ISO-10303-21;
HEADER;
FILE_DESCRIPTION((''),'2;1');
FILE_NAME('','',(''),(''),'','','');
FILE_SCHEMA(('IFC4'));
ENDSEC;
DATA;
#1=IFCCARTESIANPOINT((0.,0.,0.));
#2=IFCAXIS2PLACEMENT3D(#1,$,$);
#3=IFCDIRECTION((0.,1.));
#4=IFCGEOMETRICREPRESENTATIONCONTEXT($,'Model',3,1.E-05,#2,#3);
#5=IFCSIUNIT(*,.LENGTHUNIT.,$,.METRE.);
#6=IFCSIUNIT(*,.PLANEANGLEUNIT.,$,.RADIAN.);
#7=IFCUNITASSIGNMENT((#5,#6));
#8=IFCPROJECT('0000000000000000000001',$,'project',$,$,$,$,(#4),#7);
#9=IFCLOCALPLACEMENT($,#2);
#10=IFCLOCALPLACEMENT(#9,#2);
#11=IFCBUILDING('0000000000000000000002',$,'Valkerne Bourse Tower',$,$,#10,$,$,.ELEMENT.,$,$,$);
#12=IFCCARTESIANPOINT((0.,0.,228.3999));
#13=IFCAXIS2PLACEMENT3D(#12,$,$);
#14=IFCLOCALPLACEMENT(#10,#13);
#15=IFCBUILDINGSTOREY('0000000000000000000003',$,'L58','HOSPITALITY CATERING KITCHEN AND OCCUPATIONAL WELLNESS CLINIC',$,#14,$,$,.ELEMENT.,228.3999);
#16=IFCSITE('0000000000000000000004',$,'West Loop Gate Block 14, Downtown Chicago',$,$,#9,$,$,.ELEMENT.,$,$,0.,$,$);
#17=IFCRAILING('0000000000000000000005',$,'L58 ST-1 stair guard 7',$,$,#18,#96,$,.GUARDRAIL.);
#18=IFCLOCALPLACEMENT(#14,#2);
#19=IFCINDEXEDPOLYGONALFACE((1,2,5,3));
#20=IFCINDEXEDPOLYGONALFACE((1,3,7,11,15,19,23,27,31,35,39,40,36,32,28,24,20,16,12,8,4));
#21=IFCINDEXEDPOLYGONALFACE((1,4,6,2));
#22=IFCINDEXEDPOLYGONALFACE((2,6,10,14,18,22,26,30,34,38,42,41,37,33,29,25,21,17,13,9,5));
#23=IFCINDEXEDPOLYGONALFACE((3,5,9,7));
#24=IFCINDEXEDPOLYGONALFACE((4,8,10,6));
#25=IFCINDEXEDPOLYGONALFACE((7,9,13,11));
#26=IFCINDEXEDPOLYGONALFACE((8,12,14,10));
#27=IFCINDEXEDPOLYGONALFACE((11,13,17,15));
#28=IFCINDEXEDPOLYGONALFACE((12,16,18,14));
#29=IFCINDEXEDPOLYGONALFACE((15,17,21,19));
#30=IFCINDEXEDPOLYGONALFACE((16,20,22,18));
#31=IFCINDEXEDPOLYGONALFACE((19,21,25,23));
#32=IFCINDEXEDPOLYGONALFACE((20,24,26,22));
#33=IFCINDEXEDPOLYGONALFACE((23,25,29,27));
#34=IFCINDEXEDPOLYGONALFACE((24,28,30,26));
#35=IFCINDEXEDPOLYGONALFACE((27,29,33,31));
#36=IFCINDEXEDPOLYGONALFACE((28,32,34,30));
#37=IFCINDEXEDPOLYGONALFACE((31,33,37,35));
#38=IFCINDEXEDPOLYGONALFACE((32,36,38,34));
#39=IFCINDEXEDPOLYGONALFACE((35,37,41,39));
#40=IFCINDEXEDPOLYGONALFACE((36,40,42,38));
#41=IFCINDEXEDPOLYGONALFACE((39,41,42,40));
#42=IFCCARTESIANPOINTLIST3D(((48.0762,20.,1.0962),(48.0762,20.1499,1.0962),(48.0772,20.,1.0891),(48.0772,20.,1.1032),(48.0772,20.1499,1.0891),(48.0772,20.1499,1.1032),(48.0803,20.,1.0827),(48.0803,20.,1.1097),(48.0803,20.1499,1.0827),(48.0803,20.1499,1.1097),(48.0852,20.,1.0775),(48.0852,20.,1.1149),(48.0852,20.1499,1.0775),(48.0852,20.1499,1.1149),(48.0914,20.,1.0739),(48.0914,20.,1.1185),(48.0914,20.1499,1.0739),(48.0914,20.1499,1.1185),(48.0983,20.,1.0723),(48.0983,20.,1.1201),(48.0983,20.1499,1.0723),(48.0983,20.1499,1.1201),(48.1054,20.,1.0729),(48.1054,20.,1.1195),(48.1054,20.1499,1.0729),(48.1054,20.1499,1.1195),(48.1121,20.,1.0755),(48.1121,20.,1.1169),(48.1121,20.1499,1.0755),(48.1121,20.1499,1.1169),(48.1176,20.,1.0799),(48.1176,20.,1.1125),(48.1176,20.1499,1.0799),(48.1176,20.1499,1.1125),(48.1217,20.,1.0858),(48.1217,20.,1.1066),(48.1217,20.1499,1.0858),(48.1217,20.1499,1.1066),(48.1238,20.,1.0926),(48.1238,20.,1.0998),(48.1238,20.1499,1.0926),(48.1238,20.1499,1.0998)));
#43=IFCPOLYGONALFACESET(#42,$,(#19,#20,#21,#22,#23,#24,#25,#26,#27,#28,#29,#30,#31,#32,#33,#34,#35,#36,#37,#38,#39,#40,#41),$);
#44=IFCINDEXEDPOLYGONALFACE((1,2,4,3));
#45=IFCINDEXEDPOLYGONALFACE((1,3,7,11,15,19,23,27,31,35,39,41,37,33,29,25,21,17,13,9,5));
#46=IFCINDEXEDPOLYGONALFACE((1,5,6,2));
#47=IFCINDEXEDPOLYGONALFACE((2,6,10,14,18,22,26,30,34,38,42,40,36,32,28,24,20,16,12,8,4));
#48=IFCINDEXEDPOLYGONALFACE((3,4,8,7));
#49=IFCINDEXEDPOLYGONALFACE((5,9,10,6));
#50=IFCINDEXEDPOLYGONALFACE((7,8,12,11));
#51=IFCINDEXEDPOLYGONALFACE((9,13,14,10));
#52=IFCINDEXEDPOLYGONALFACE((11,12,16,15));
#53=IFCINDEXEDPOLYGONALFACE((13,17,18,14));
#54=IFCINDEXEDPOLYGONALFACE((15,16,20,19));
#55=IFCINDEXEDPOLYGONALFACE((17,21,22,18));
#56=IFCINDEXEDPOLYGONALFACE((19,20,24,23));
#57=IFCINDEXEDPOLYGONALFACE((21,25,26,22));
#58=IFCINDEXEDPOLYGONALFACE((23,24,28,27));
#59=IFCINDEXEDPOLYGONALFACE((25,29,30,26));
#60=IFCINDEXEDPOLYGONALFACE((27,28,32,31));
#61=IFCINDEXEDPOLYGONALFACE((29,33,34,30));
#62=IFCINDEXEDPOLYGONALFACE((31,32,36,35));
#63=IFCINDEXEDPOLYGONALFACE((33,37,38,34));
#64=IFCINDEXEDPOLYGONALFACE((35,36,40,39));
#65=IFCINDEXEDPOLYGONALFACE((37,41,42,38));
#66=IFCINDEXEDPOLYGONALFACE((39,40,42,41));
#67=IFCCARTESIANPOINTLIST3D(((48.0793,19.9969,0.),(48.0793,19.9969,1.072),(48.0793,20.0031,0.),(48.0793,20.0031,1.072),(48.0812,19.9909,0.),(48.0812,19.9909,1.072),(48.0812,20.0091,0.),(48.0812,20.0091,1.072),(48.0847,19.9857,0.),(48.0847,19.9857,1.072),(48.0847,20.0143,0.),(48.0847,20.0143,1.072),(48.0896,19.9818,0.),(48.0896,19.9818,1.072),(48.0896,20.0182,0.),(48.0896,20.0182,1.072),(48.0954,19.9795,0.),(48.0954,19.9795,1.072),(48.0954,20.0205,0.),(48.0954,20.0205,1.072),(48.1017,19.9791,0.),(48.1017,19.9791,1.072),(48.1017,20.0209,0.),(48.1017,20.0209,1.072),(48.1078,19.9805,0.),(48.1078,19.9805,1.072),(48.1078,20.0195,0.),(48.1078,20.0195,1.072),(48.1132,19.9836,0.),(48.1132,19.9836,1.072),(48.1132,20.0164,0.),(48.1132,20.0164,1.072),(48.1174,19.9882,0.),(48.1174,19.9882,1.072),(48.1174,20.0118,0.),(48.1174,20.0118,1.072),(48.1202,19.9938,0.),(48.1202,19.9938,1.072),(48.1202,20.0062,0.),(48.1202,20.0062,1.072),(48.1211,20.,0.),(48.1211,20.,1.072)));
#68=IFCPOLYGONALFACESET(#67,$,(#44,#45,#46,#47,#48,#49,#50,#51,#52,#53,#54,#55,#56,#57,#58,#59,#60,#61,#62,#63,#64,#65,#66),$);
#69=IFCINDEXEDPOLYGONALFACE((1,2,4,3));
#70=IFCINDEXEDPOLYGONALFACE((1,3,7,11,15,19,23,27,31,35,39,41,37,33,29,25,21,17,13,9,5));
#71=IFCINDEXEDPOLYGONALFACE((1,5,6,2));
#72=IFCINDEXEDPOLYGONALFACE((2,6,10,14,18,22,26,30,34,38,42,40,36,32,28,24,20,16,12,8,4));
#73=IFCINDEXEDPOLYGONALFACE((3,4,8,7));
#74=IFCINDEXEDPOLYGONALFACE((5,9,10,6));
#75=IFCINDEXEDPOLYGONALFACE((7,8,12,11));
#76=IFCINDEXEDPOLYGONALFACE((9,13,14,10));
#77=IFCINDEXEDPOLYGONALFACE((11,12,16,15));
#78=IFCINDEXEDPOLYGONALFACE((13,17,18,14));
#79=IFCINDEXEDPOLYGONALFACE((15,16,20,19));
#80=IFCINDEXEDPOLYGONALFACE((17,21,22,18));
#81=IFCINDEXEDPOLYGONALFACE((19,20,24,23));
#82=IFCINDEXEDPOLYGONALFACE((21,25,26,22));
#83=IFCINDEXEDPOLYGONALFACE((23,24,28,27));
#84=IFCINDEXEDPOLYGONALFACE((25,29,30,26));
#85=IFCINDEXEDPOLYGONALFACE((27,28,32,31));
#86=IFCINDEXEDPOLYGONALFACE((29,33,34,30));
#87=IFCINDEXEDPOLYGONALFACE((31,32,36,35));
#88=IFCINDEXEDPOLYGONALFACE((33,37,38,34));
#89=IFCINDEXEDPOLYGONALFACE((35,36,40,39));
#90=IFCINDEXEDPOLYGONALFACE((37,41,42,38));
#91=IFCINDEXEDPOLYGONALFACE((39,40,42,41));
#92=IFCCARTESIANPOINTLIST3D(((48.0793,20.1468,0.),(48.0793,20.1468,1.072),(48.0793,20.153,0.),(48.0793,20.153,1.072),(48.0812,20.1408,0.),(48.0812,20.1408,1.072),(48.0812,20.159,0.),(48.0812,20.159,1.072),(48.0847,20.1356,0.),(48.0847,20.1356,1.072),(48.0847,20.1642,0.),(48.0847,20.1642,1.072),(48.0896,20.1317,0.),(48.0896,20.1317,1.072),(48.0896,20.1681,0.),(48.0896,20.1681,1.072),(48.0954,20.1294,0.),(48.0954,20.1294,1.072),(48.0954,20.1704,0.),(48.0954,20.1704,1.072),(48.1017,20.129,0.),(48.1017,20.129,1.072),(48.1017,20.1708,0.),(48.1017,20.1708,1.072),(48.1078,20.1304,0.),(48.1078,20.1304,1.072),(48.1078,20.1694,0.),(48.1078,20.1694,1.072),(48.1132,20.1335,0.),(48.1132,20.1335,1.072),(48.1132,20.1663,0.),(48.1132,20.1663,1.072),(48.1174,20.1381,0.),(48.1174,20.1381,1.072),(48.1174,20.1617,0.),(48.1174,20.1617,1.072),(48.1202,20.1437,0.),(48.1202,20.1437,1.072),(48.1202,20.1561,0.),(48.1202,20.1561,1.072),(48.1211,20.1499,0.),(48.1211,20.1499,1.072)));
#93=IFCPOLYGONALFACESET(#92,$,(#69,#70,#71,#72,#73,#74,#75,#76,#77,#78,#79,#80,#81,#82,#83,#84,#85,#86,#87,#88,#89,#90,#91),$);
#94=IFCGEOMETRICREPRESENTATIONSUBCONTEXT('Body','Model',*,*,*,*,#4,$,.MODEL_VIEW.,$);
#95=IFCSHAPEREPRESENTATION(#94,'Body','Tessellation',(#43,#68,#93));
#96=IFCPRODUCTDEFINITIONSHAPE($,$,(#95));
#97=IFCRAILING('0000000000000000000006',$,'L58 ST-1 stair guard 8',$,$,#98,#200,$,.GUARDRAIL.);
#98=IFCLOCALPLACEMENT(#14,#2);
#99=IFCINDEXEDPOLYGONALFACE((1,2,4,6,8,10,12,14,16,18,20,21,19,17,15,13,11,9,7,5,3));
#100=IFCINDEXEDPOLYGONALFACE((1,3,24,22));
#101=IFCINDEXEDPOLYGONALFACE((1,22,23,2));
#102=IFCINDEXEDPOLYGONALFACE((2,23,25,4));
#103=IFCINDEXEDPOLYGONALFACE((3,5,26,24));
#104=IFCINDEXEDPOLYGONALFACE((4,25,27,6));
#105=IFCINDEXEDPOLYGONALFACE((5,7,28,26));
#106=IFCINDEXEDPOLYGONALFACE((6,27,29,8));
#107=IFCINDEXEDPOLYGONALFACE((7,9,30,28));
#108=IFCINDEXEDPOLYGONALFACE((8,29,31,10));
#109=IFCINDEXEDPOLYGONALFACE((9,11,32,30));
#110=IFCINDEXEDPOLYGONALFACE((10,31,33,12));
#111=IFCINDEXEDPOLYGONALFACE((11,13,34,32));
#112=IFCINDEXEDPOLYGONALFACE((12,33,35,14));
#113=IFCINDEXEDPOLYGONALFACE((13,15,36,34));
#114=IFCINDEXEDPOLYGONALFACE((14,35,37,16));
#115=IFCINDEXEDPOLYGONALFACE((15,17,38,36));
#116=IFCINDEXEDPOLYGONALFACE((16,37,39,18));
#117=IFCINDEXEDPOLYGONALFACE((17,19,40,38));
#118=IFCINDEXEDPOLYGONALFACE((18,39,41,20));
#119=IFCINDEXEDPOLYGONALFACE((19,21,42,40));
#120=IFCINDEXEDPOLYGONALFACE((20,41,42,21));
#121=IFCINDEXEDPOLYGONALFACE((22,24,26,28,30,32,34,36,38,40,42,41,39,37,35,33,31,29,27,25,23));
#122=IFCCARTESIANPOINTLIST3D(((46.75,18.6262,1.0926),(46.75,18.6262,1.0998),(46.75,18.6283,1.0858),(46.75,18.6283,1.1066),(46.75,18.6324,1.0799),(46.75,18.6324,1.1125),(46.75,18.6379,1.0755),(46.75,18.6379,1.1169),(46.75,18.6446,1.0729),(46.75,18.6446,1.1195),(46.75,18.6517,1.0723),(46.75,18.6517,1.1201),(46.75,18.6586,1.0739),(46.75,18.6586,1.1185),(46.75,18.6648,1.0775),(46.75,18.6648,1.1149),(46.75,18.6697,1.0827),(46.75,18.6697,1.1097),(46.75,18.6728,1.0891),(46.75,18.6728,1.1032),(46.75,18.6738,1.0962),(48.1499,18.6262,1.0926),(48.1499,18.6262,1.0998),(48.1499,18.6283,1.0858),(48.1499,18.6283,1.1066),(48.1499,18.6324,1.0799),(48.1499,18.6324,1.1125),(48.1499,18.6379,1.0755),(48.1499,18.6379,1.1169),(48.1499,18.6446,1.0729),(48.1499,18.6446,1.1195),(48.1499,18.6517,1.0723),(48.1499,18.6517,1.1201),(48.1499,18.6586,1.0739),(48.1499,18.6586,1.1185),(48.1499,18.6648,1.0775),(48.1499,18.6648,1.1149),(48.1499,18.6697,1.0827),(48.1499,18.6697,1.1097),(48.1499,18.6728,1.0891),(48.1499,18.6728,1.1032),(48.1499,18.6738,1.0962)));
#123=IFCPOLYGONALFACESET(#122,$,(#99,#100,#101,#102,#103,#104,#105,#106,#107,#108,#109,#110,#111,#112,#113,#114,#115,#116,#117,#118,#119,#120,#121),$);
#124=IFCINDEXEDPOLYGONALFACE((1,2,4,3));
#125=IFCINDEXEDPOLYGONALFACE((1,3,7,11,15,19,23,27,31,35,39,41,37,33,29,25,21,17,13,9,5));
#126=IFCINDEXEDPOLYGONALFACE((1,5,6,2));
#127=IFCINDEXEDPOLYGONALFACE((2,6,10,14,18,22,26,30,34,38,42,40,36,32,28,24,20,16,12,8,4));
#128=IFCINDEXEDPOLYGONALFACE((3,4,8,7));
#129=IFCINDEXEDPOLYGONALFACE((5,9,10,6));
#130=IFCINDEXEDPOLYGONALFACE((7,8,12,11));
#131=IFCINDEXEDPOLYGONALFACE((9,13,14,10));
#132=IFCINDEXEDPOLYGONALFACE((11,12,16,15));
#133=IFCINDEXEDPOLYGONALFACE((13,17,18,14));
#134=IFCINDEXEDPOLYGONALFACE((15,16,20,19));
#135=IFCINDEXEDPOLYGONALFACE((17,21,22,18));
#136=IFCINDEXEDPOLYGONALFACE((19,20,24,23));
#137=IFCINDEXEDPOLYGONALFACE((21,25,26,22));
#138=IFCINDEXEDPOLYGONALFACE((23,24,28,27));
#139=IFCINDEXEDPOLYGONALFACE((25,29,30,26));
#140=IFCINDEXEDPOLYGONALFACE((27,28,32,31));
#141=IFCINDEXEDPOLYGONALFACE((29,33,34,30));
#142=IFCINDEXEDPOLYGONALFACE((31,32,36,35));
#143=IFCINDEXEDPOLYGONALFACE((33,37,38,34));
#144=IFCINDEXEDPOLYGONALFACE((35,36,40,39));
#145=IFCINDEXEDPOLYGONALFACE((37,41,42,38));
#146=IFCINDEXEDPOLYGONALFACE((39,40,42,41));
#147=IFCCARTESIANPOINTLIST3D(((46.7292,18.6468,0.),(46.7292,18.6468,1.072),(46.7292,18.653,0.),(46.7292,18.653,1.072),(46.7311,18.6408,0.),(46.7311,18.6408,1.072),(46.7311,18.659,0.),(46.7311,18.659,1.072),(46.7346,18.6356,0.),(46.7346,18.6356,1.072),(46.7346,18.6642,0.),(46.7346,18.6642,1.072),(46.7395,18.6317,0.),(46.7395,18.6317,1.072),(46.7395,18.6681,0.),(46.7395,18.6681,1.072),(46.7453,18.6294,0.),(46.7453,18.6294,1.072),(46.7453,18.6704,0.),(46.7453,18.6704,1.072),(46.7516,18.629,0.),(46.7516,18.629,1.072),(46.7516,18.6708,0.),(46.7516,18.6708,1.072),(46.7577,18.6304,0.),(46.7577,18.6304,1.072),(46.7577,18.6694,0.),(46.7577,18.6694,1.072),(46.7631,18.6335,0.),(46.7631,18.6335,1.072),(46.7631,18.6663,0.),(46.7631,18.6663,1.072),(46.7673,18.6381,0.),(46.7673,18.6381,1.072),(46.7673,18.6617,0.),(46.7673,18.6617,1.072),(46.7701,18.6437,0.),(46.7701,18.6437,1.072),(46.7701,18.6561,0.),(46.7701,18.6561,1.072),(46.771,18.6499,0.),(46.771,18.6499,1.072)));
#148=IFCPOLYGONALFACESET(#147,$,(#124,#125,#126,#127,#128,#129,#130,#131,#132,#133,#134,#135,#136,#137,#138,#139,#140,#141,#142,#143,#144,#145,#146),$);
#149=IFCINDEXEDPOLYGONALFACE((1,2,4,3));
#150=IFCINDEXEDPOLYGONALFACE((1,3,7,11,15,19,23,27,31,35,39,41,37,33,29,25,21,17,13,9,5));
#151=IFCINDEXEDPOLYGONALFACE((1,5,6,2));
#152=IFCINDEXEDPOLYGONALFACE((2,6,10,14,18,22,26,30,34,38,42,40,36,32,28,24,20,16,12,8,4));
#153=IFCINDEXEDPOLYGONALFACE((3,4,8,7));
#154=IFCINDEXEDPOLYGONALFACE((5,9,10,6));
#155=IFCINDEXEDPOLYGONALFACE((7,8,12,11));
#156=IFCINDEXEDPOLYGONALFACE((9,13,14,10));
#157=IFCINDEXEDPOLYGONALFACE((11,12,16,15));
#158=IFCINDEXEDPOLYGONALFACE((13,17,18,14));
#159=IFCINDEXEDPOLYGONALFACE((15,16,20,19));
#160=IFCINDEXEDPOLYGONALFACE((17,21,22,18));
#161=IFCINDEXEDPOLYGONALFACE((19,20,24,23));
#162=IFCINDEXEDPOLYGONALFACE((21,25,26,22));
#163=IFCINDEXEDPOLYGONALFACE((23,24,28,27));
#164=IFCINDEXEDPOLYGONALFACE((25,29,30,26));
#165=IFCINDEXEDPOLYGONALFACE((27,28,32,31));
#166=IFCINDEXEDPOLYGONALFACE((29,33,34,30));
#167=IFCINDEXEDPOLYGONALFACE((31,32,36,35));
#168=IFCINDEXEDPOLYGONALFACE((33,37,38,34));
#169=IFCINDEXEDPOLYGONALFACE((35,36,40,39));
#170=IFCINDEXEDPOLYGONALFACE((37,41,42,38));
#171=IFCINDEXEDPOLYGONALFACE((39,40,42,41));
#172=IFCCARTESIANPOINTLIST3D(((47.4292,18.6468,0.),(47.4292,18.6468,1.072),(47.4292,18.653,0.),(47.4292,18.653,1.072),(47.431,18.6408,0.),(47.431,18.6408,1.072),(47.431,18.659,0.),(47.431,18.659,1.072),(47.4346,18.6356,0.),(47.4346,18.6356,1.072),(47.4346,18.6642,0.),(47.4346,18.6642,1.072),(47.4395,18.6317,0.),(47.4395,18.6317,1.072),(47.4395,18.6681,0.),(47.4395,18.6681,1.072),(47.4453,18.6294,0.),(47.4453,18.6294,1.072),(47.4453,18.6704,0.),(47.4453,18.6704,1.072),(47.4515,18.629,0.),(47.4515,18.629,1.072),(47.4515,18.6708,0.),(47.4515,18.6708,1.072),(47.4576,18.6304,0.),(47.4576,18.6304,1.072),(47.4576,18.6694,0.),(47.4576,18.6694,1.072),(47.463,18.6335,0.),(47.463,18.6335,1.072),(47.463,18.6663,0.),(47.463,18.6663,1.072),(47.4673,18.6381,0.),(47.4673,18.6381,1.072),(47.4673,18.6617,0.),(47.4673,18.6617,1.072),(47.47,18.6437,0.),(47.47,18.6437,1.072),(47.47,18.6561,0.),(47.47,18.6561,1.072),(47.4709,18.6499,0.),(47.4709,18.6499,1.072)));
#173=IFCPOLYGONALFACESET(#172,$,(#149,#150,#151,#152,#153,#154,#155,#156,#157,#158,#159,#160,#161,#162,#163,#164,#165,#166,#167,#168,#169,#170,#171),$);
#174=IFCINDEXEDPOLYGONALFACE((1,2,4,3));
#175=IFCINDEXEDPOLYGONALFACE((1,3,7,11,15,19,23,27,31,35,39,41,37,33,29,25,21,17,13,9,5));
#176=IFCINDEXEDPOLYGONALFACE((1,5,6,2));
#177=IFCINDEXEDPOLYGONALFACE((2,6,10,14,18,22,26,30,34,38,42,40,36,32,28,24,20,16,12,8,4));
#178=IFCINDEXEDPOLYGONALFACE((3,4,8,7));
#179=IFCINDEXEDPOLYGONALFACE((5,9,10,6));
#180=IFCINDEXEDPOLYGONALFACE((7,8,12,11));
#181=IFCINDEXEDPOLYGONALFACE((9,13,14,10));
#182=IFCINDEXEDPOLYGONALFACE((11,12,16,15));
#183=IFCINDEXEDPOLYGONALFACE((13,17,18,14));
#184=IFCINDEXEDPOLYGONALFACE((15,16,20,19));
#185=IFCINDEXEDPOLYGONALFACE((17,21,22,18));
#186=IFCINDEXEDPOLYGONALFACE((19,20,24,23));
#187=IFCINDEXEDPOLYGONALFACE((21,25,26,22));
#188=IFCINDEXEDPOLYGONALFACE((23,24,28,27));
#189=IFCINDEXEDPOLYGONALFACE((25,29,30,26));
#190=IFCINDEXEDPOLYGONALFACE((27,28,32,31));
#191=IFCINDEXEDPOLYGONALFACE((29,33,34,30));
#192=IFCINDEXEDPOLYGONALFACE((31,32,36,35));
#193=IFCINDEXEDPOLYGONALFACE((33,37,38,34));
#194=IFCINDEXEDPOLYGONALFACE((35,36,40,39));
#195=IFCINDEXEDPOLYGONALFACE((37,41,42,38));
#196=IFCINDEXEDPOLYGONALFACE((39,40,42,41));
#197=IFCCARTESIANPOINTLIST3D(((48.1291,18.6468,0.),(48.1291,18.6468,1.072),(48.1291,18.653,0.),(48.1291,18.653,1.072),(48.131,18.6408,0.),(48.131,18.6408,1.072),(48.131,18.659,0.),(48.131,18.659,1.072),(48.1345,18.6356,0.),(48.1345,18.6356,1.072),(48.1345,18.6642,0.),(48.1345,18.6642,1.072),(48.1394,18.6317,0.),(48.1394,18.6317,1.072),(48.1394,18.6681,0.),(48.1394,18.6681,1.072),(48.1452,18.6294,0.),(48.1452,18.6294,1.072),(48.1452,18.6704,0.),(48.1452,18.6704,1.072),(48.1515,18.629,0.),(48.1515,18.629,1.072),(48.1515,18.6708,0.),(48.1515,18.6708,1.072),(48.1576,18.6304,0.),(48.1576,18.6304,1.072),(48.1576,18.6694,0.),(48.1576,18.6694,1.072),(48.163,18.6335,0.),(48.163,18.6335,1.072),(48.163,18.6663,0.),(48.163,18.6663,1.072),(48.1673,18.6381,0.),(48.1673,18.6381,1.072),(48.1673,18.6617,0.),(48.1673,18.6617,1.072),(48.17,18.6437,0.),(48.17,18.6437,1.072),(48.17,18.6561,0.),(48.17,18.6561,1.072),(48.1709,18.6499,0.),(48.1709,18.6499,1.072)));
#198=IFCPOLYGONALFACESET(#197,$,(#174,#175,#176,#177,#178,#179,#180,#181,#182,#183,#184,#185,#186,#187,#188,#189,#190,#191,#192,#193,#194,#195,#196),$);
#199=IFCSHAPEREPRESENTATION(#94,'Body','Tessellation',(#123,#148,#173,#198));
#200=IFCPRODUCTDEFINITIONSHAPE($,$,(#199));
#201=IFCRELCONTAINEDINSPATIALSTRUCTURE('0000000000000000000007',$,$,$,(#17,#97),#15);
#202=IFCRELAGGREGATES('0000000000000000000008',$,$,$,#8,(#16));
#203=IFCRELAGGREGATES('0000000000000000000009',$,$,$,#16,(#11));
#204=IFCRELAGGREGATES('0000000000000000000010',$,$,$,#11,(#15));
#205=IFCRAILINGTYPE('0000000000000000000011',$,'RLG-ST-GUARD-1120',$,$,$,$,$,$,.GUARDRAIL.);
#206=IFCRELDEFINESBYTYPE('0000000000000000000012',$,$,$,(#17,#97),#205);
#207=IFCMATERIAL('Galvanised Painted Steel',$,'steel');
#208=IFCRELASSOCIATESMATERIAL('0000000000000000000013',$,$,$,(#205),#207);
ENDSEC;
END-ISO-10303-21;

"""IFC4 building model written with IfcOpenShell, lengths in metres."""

from ifc_helpers import new_model, si_unit, direction, frame, origin, origin_2d, place, context, subcontext, project, spatial, circle, extrude, material, type_object, element, save


model = new_model("IFC4")

# Units and contexts
model_context = context("Model", 3, precision=1e-05, world=origin(), true_north=direction((0.0, 1.0)))
body_context = subcontext(model_context, "Body", "Model", "MODEL_VIEW")
ifc_project = project(units=[si_unit("LENGTHUNIT", "METRE"), si_unit("PLANEANGLEUNIT", "RADIAN")], contexts=[model_context])

# Site, building, storey
site_placement = place(None, origin())
site = spatial("IfcSite", under=ifc_project, at=site_placement, Name="West Loop Gate Block 14, Downtown Chicago", CompositionType="ELEMENT", RefElevation=0.0)
building_placement = place(site_placement, origin())
building = spatial("IfcBuilding", under=site, at=building_placement, Name="Valkerne Bourse Tower", CompositionType="ELEMENT")
storey_placement = place(building_placement, frame((0.0, 0.0, 228.3999)))
storey = spatial("IfcBuildingStorey", under=building, at=storey_placement, Name="L58", Description="HOSPITALITY CATERING KITCHEN AND OCCUPATIONAL WELLNESS CLINIC", CompositionType="ELEMENT", Elevation=228.3999)

# Shared definitions
ifc_material_1 = material(Name="Galvanised Painted Steel", Category="steel")

# Railings
railing_type_1 = type_object("IfcRailingType", Name="RLG-ST-GUARD-1120", PredefinedType="GUARDRAIL", material=ifc_material_1)
railing_1_placement = place(storey_placement, frame((48.1001, 20.0, 0.0)))
element("IfcRailing", 1, at=railing_1_placement, inside=storey, type_object=railing_type_1, Name="L58 ST-1 stair guard 7", PredefinedType="GUARDRAIL", context=body_context, shape_type="SweptSolid", body=[
    extrude(circle(Radius=0.0239, at=origin_2d()), frame((0.0, 0.0, 1.0962), z_axis=(0.0, 1.0, 0.0), x_axis=(-1.0, 0.0, 0.0)), (0.0, 0.0, 1.0), 0.1499),
    extrude(circle(Radius=0.021, at=origin_2d()), origin(), (0.0, 0.0, 1.0), 1.072),
    extrude(circle(Radius=0.021, at=origin_2d()), frame((0.0, 0.1499, 0.0)), (0.0, 0.0, 1.0), 1.072),
])
for number, where, name in (
    (2, (46.75, 18.6499, 0.0), "L58 ST-1 stair guard 8"),
):
    element("IfcRailing", number, at=place(storey_placement, frame(where)), inside=storey, type_object=railing_type_1, Name=name, PredefinedType="GUARDRAIL", context=body_context, shape_type="SweptSolid", body=[
        extrude(circle(Radius=0.0239, at=origin_2d()), frame((0.0, 0.0, 1.0962), z_axis=(1.0, 0.0, 0.0), x_axis=(0.0, 1.0, 0.0)), (0.0, 0.0, 1.0), 1.3999),
        extrude(circle(Radius=0.021, at=origin_2d()), origin(), (0.0, 0.0, 1.0), 1.072),
        extrude(circle(Radius=0.021, at=origin_2d()), frame((0.7, 0.0, 0.0)), (0.0, 0.0, 1.0), 1.072),
        extrude(circle(Radius=0.021, at=origin_2d()), frame((1.3999, 0.0, 0.0)), (0.0, 0.0, 1.0), 1.072),
    ])

save(model, "model.ifc")
